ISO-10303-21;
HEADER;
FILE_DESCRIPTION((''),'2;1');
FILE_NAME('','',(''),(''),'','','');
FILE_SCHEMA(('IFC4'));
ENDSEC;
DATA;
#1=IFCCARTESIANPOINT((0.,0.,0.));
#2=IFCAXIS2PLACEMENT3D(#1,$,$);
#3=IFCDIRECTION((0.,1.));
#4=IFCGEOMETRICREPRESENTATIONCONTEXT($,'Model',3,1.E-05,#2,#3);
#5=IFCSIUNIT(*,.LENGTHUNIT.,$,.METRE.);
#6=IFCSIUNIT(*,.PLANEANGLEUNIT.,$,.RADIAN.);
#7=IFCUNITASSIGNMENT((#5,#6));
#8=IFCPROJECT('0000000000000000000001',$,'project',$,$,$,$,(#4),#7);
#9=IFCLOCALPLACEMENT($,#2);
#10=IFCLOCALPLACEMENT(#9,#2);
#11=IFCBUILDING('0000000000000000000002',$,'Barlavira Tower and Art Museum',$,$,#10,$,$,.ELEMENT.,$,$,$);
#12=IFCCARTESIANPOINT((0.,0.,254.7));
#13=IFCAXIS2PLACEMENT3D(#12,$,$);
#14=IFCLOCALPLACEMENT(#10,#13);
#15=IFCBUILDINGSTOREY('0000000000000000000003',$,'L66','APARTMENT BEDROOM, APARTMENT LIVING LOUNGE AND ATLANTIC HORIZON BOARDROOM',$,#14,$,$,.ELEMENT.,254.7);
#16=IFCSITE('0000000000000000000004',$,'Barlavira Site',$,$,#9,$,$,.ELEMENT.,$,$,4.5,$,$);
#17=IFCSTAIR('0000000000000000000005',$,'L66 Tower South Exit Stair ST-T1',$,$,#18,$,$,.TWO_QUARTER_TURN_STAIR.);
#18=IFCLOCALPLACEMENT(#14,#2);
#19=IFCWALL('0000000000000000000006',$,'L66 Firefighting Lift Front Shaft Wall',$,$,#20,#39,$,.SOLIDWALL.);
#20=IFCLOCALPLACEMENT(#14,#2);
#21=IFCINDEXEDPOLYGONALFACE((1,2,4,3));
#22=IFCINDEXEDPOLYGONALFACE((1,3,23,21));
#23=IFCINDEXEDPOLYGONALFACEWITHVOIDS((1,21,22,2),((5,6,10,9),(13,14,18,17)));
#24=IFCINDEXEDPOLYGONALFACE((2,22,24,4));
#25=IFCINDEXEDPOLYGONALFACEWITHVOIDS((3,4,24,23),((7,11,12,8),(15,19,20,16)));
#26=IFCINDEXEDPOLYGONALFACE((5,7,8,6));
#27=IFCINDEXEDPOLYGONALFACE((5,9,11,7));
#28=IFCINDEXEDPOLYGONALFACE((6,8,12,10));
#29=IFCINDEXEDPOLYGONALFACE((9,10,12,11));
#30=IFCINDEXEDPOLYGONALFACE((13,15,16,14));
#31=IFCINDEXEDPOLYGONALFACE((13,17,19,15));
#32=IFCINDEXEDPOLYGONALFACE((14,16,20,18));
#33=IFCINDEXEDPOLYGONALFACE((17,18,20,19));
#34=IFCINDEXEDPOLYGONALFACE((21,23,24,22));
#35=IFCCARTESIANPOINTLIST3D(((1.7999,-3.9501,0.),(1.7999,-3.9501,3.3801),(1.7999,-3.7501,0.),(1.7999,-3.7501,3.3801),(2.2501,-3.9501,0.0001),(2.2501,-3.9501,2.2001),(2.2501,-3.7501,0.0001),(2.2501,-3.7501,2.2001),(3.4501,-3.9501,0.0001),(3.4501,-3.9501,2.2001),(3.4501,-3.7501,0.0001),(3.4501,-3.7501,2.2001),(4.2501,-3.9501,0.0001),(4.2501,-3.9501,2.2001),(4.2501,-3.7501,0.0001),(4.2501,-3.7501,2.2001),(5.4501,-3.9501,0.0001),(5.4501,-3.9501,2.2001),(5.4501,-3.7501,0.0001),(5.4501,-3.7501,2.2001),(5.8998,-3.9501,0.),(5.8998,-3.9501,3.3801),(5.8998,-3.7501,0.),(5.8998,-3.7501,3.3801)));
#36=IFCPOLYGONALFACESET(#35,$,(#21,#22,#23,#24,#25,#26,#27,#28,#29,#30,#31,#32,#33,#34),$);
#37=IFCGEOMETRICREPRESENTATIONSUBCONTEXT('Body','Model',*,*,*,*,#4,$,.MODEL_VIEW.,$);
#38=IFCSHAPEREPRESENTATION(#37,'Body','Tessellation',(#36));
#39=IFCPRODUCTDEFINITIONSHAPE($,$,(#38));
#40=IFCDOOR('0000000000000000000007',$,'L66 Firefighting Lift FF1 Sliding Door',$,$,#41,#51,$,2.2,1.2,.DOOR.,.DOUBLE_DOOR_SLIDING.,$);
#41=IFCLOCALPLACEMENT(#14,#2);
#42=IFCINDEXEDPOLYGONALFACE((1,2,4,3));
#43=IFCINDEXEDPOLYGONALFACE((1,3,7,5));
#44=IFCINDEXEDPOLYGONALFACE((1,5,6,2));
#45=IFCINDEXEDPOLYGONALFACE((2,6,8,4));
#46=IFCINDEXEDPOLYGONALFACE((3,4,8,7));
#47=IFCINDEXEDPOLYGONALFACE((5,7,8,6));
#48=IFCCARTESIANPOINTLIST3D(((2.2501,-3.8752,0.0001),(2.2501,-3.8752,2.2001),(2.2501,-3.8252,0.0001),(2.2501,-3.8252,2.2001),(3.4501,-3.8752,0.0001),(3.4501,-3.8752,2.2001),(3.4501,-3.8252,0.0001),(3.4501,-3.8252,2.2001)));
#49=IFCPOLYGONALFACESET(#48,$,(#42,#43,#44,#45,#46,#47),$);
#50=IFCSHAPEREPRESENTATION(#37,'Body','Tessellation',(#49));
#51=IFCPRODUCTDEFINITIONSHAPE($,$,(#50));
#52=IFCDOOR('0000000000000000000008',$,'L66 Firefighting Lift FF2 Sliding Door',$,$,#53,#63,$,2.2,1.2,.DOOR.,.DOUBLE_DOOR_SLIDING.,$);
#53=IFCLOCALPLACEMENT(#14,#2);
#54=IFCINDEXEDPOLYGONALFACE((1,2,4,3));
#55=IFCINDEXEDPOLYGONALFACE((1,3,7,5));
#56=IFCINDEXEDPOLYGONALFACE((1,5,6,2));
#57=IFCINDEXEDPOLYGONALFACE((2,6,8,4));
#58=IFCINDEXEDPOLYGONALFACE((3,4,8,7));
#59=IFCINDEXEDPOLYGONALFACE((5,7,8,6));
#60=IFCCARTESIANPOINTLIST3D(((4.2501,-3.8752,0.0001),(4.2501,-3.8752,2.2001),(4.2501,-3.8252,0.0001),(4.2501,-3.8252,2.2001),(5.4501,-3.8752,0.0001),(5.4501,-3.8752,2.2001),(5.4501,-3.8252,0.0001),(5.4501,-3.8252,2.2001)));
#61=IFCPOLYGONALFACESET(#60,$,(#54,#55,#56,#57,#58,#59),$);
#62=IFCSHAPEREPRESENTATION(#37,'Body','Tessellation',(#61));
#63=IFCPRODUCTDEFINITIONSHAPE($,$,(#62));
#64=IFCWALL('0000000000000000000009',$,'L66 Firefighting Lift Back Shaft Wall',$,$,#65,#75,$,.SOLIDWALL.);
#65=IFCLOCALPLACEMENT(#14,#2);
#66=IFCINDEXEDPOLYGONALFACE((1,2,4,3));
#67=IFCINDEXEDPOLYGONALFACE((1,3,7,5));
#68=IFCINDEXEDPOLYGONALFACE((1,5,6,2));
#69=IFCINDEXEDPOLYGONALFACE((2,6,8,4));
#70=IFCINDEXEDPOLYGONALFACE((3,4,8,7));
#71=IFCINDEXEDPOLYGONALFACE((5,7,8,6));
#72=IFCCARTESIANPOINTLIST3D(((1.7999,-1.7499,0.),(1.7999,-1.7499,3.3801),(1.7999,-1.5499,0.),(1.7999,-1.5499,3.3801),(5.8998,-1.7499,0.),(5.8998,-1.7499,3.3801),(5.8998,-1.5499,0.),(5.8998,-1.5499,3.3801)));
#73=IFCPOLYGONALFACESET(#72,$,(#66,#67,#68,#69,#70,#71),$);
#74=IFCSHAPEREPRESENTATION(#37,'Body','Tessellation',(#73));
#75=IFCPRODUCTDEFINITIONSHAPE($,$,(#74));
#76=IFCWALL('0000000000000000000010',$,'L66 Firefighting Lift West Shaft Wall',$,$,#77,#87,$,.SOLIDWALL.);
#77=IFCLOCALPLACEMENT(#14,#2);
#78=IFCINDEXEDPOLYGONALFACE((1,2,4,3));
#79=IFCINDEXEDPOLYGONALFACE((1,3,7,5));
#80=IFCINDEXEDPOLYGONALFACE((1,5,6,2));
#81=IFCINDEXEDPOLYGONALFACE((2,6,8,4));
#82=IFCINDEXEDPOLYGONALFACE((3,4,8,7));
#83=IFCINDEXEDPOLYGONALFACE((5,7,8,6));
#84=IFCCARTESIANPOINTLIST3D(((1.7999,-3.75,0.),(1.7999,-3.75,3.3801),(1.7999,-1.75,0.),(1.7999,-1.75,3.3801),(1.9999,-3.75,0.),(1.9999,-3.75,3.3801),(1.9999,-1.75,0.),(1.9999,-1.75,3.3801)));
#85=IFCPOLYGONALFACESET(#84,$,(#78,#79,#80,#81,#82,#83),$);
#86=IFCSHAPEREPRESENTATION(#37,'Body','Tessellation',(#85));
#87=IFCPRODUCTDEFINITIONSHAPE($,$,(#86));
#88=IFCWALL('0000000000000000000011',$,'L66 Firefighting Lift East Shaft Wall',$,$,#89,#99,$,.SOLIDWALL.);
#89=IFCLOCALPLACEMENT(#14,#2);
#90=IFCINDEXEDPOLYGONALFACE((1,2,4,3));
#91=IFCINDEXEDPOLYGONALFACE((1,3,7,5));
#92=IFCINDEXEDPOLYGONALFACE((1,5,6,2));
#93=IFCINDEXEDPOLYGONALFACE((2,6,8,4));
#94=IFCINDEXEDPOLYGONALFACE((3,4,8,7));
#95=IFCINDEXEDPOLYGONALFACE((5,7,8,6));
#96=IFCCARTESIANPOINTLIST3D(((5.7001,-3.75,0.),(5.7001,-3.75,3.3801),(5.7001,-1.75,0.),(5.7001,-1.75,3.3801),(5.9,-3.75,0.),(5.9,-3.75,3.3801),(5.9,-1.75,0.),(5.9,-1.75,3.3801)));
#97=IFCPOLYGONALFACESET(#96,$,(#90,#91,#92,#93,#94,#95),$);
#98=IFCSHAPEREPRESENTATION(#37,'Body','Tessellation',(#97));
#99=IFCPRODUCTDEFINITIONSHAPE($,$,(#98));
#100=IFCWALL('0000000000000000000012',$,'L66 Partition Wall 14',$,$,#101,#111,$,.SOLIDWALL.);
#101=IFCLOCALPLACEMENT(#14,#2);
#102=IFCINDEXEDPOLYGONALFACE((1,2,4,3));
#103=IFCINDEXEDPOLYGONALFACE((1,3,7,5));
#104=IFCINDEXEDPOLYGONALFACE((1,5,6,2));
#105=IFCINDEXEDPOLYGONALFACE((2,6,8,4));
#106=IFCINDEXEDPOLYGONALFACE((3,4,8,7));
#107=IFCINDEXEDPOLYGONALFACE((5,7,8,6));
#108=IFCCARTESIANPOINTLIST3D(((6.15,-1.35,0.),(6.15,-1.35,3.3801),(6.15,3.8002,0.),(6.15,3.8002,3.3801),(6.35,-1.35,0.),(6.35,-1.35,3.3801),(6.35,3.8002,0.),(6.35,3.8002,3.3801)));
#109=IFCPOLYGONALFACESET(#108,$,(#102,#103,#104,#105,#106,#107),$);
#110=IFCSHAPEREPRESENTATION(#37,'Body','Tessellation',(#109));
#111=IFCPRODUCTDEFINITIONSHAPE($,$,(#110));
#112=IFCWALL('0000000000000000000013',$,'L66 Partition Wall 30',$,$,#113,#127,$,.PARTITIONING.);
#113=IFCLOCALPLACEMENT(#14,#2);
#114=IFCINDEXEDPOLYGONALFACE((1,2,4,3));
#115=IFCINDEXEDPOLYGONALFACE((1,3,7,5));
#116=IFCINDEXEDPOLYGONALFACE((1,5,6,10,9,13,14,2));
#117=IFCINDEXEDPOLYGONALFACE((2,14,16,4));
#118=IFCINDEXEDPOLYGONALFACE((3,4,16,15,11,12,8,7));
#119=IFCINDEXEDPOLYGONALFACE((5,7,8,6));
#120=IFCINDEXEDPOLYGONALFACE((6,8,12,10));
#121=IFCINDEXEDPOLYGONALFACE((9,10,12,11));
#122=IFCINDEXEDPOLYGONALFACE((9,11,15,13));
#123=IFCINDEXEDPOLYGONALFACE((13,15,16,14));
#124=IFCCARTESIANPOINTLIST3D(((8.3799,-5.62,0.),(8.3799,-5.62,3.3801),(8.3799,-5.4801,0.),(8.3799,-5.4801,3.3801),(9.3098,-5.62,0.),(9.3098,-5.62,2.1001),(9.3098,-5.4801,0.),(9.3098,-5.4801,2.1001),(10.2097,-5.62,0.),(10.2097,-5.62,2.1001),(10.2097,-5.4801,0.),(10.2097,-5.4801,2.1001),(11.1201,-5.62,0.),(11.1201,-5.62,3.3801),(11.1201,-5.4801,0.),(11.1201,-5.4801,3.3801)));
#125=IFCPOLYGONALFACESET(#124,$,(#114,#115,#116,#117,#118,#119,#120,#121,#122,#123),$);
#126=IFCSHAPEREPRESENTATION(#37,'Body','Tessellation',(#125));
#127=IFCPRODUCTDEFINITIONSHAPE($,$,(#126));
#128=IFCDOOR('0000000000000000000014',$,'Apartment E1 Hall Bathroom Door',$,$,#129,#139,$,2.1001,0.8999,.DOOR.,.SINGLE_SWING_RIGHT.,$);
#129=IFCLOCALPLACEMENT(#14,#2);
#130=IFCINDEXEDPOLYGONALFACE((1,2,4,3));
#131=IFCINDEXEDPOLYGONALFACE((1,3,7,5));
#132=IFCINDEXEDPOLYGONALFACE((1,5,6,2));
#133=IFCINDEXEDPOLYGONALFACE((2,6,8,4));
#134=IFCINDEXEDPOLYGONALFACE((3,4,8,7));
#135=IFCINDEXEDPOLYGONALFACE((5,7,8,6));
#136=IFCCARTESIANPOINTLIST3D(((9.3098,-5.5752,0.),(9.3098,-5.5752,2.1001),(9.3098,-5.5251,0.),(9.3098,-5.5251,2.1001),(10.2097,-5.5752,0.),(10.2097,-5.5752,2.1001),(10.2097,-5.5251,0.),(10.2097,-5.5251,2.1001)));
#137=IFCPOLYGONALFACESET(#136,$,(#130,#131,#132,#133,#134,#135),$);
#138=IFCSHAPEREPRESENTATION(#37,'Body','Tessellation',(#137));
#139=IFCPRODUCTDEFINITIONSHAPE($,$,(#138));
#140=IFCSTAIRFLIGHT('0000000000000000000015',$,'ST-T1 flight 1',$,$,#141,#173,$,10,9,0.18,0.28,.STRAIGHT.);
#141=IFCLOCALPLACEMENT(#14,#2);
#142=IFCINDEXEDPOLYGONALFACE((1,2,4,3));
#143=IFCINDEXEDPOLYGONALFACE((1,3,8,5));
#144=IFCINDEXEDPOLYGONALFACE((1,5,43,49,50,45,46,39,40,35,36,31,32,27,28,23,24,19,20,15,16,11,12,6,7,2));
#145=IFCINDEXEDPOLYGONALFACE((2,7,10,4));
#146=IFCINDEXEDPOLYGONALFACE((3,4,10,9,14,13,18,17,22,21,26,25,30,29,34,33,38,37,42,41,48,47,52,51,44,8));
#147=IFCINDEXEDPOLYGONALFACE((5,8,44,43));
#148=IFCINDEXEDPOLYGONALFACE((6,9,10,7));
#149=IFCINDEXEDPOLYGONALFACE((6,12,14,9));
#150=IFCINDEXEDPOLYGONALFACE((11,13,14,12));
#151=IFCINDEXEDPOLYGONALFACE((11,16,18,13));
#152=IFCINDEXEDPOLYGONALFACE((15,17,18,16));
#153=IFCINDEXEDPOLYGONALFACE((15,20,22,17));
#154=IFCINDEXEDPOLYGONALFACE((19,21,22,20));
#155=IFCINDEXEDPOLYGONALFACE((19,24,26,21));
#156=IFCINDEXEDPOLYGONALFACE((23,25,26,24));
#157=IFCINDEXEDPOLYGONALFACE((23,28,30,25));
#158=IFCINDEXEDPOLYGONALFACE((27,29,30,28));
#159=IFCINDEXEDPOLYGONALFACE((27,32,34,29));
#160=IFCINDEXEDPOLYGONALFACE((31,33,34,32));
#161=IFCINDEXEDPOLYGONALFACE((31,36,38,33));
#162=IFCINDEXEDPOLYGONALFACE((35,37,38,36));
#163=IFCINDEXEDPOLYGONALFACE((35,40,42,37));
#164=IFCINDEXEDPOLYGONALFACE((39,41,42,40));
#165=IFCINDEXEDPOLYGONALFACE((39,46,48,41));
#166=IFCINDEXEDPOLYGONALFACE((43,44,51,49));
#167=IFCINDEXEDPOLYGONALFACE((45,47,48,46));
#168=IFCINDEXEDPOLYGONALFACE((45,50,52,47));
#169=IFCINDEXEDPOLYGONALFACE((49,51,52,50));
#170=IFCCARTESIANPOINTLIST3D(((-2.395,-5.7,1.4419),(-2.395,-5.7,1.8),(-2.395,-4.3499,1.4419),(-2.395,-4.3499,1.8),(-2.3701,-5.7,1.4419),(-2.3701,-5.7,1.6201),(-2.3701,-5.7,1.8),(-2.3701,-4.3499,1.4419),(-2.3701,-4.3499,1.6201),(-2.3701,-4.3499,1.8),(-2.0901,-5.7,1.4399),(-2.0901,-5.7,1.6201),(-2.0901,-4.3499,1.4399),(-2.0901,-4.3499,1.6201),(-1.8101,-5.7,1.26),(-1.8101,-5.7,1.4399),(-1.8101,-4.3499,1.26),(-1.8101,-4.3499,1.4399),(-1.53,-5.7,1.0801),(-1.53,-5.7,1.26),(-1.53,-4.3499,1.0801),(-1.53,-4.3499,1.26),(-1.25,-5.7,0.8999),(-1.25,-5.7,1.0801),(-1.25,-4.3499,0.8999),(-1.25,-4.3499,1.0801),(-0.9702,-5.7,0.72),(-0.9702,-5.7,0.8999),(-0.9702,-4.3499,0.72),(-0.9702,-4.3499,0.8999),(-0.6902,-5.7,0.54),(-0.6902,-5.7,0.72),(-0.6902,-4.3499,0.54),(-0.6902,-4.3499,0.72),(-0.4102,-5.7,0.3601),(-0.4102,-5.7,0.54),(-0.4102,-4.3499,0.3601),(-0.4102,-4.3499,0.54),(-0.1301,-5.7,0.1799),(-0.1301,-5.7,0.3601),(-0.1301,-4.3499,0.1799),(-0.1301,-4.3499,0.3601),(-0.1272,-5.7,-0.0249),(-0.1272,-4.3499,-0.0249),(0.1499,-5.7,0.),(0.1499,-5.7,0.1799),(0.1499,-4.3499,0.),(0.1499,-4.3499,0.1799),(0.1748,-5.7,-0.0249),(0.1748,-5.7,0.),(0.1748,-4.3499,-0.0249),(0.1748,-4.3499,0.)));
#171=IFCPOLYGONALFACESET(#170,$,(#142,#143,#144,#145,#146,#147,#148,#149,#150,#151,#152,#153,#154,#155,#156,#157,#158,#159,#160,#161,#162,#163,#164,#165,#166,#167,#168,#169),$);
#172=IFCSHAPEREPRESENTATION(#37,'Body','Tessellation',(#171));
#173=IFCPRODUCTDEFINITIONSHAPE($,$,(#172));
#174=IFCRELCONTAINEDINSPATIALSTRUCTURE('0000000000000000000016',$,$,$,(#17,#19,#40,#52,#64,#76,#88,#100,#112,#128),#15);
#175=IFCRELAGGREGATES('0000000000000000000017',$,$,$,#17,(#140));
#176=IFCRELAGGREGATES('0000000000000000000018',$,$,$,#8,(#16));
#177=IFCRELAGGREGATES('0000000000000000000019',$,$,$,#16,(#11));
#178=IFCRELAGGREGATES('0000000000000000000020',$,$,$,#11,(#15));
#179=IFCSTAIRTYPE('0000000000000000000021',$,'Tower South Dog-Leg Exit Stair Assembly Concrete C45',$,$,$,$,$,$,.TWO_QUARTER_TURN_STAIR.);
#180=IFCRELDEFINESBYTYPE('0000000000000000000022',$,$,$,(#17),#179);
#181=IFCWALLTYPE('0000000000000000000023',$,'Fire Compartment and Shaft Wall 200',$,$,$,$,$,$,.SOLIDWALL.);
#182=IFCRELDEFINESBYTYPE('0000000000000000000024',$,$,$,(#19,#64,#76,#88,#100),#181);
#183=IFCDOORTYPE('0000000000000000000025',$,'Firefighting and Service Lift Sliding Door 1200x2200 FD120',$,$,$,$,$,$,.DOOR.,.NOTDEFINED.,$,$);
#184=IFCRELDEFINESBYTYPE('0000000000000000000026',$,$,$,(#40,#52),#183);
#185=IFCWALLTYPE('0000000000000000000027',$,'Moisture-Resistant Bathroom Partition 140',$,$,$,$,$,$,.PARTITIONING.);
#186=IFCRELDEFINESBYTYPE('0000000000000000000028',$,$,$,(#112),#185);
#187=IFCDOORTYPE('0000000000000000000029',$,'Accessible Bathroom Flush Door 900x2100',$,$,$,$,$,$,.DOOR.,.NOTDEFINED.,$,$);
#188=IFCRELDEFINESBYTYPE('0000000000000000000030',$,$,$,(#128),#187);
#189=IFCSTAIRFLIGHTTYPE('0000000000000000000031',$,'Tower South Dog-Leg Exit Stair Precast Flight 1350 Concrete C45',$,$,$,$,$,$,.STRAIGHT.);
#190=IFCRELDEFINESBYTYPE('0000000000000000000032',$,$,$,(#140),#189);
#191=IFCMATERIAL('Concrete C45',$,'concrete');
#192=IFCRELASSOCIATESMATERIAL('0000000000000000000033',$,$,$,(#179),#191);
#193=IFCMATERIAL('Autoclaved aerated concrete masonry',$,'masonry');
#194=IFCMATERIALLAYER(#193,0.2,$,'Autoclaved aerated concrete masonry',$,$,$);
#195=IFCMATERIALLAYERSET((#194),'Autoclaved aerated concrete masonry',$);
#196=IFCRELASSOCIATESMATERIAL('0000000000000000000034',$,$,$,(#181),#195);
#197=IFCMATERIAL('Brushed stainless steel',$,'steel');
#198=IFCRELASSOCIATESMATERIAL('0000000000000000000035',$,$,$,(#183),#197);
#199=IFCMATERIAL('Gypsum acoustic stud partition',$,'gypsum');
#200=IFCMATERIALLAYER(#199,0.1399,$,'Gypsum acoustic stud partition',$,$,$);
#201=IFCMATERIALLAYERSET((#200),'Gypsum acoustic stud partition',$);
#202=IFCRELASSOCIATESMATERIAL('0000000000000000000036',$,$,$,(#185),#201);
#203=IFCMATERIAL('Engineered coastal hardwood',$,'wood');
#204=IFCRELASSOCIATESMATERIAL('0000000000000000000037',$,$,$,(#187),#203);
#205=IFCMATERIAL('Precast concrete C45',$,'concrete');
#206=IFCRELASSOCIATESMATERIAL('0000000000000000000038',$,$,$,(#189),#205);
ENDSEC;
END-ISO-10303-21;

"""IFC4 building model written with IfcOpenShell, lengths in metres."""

from ifc_helpers import new_model, si_unit, direction, frame, frame_2d, origin, place, context, subcontext, project, spatial, polyline, rectangle, outline, extrude, material, layer, layer_set, type_object, element, fill, aggregate, save


model = new_model("IFC4")

# Units and contexts
model_context = context("Model", 3, precision=1e-05, world=origin(), true_north=direction((0.0, 1.0)))
body_context = subcontext(model_context, "Body", "Model", "MODEL_VIEW")
ifc_project = project(units=[si_unit("LENGTHUNIT", "METRE"), si_unit("PLANEANGLEUNIT", "RADIAN")], contexts=[model_context])

# Site, building, storey
site_placement = place(None, origin())
site = spatial("IfcSite", under=ifc_project, at=site_placement, Name="Barlavira Site", CompositionType="ELEMENT", RefElevation=4.5)
building_placement = place(site_placement, origin())
building = spatial("IfcBuilding", under=site, at=building_placement, Name="Barlavira Tower and Art Museum", CompositionType="ELEMENT")
storey_placement = place(building_placement, frame((0.0, 0.0, 254.7)))
storey = spatial("IfcBuildingStorey", under=building, at=storey_placement, Name="L66", Description="APARTMENT BEDROOM, APARTMENT LIVING LOUNGE AND ATLANTIC HORIZON BOARDROOM", CompositionType="ELEMENT", Elevation=254.7)

# Stair
ifc_material_1 = material(Name="Concrete C45", Category="concrete")
stair_type_1 = type_object("IfcStairType", Name="Tower South Dog-Leg Exit Stair Assembly Concrete C45", PredefinedType="TWO_QUARTER_TURN_STAIR", material=ifc_material_1)
stair_1_placement = place(storey_placement, origin())
stair_1 = element("IfcStair", 1, at=stair_1_placement, inside=storey, type_object=stair_type_1, Name="L66 Tower South Exit Stair ST-T1", PredefinedType="TWO_QUARTER_TURN_STAIR")

# Shared definitions
ifc_material_2 = material(Name="Gypsum acoustic stud partition", Category="gypsum")
ifc_material_3 = material(Name="Engineered coastal hardwood", Category="wood")
ifc_material_4 = material(Name="Brushed stainless steel", Category="steel")

# Wall, openings, doors
ifc_material_5 = material(Name="Autoclaved aerated concrete masonry", Category="masonry")
ifc_layer_1 = layer(ifc_material_5, 0.2, Name="Autoclaved aerated concrete masonry")
ifc_layer_set_1 = layer_set([ifc_layer_1], Name="Autoclaved aerated concrete masonry")
wall_type_1 = type_object("IfcWallType", Name="Fire Compartment and Shaft Wall 200", PredefinedType="SOLIDWALL", material=ifc_layer_set_1)
wall_1_placement = place(storey_placement, frame((1.8, -3.8501, 0.0), z_axis=(0.0, 0.0, 1.0), x_axis=(1.0, 0.0, 0.0)))
wall_1 = element("IfcWall", 2, at=wall_1_placement, inside=storey, type_object=wall_type_1, Name="L66 Firefighting Lift Front Shaft Wall", PredefinedType="SOLIDWALL", context=body_context, shape_type="SweptSolid", body=[
    extrude(rectangle(XDim=4.0999, YDim=0.2, at=frame_2d((2.0498, 0.0))), origin(), (0.0, 0.0, 1.0), 3.3801),
])
opening_1_placement = place(wall_1_placement, frame((0.45, 0.0, 0.0)))
opening_1 = element("IfcOpeningElement", 3, at=opening_1_placement, cuts=wall_1, PredefinedType="OPENING", context=body_context, shape_type="SweptSolid", body=[
    extrude(rectangle(XDim=1.2, YDim=2.2, at=frame_2d((0.6001, 1.1001))), frame((0.0, 0.1099, 0.0), z_axis=(0.0, -1.0, 0.0), x_axis=(1.0, 0.0, 0.0)), (0.0, 0.0, 1.0), 0.22),
])
opening_2_placement = place(wall_1_placement, frame((2.45, 0.0, 0.0)))
opening_2 = element("IfcOpeningElement", 4, at=opening_2_placement, cuts=wall_1, PredefinedType="OPENING", context=body_context, shape_type="SweptSolid", body=[
    extrude(rectangle(XDim=1.2, YDim=2.2, at=frame_2d((0.6001, 1.1001))), frame((0.0, 0.1099, 0.0), z_axis=(0.0, -1.0, 0.0), x_axis=(1.0, 0.0, 0.0)), (0.0, 0.0, 1.0), 0.22),
])
door_type_1 = type_object("IfcDoorType", Name="Firefighting and Service Lift Sliding Door 1200x2200 FD120", OperationType="NOTDEFINED", PredefinedType="DOOR", material=ifc_material_4)
door_1_placement = place(opening_1_placement, origin())
door_1 = element("IfcDoor", 5, at=door_1_placement, inside=storey, type_object=door_type_1, Name="L66 Firefighting Lift FF1 Sliding Door", OperationType="DOUBLE_DOOR_SLIDING", OverallHeight=2.2, OverallWidth=1.2, PredefinedType="DOOR", context=body_context, shape_type="SweptSolid", body=[
    extrude(rectangle(XDim=1.2, YDim=2.2, at=frame_2d((0.6001, 1.1001))), frame((0.0, 0.0249, 0.0), z_axis=(0.0, -1.0, 0.0), x_axis=(1.0, 0.0, 0.0)), (0.0, 0.0, 1.0), 0.05),
])
fill(opening_1, door_1)
door_2_placement = place(opening_2_placement, origin())
door_2 = element("IfcDoor", 6, at=door_2_placement, inside=storey, type_object=door_type_1, Name="L66 Firefighting Lift FF2 Sliding Door", OperationType="DOUBLE_DOOR_SLIDING", OverallHeight=2.2, OverallWidth=1.2, PredefinedType="DOOR", context=body_context, shape_type="SweptSolid", body=[
    extrude(rectangle(XDim=1.2, YDim=2.2, at=frame_2d((0.6001, 1.1001))), frame((0.0, 0.0249, 0.0), z_axis=(0.0, -1.0, 0.0), x_axis=(1.0, 0.0, 0.0)), (0.0, 0.0, 1.0), 0.05),
])
fill(opening_2, door_2)

# Walls
wall_2_placement = place(storey_placement, frame((1.8, -1.6499, 0.0), z_axis=(0.0, 0.0, 1.0), x_axis=(1.0, 0.0, 0.0)))
element("IfcWall", 7, at=wall_2_placement, inside=storey, type_object=wall_type_1, Name="L66 Firefighting Lift Back Shaft Wall", PredefinedType="SOLIDWALL", context=body_context, shape_type="SweptSolid", body=[
    extrude(rectangle(XDim=4.0999, YDim=0.2, at=frame_2d((2.0498, 0.0))), origin(), (0.0, 0.0, 1.0), 3.3801),
])
for number, where, z_axis, x_axis, name in (
    (8, (1.8999, -3.75, 0.0), (0.0, 0.0, 1.0), (0.0, 1.0, 0.0), "L66 Firefighting Lift West Shaft Wall"),
    (9, (5.8, -3.75, 0.0), (0.0, 0.0, 1.0), (0.0, 1.0, 0.0), "L66 Firefighting Lift East Shaft Wall"),
):
    element("IfcWall", number, at=place(storey_placement, frame(where, z_axis=z_axis, x_axis=x_axis)), inside=storey, type_object=wall_type_1, Name=name, PredefinedType="SOLIDWALL", context=body_context, shape_type="SweptSolid", body=[
        extrude(rectangle(XDim=2.0, YDim=0.2, at=frame_2d((1.0, 0.0))), origin(), (0.0, 0.0, 1.0), 3.3801),
    ])

# Wall
wall_3_placement = place(storey_placement, frame((6.25, -1.3501, 0.0), z_axis=(0.0, 0.0, 1.0), x_axis=(0.0, 1.0, 0.0)))
element("IfcWall", 10, at=wall_3_placement, inside=storey, type_object=wall_type_1, Name="L66 Partition Wall 14", PredefinedType="SOLIDWALL", context=body_context, shape_type="SweptSolid", body=[
    extrude(rectangle(XDim=5.1501, YDim=0.2, at=frame_2d((2.5752, 0.0))), origin(), (0.0, 0.0, 1.0), 3.3801),
])

# Wall, opening, door
ifc_layer_2 = layer(ifc_material_2, 0.1399, Name="Gypsum acoustic stud partition")
ifc_layer_set_2 = layer_set([ifc_layer_2], Name="Gypsum acoustic stud partition")
wall_type_2 = type_object("IfcWallType", Name="Moisture-Resistant Bathroom Partition 140", PredefinedType="PARTITIONING", material=ifc_layer_set_2)
wall_4_placement = place(storey_placement, frame((8.3799, -5.55, 0.0), z_axis=(0.0, 0.0, 1.0), x_axis=(1.0, 0.0, 0.0)))
wall_4 = element("IfcWall", 11, at=wall_4_placement, inside=storey, type_object=wall_type_2, Name="L66 Partition Wall 30", PredefinedType="PARTITIONING", context=body_context, shape_type="SweptSolid", body=[
    extrude(rectangle(XDim=2.7402, YDim=0.1399, at=frame_2d((1.3701, 0.0))), origin(), (0.0, 0.0, 1.0), 3.3801),
])
opening_3_placement = place(wall_4_placement, frame((0.9299, 0.0, 0.0)))
opening_3 = element("IfcOpeningElement", 12, at=opening_3_placement, cuts=wall_4, PredefinedType="OPENING", context=body_context, shape_type="SweptSolid", body=[
    extrude(rectangle(XDim=0.8999, YDim=2.1001, at=frame_2d((0.45, 1.05))), frame((0.0, 0.0801, 0.0), z_axis=(0.0, -1.0, 0.0), x_axis=(1.0, 0.0, 0.0)), (0.0, 0.0, 1.0), 0.1599),
])
door_type_2 = type_object("IfcDoorType", Name="Accessible Bathroom Flush Door 900x2100", OperationType="NOTDEFINED", PredefinedType="DOOR", material=ifc_material_3)
door_3_placement = place(opening_3_placement, origin())
door_3 = element("IfcDoor", 13, at=door_3_placement, inside=storey, type_object=door_type_2, Name="Apartment E1 Hall Bathroom Door", OperationType="SINGLE_SWING_RIGHT", OverallHeight=2.1001, OverallWidth=0.8999, PredefinedType="DOOR", context=body_context, shape_type="SweptSolid", body=[
    extrude(rectangle(XDim=0.8999, YDim=2.1001, at=frame_2d((0.45, 1.05))), frame((0.0, 0.0249, 0.0), z_axis=(0.0, -1.0, 0.0), x_axis=(1.0, 0.0, 0.0)), (0.0, 0.0, 1.0), 0.05),
])
fill(opening_3, door_3)

# Stair flight
ifc_material_6 = material(Name="Precast concrete C45", Category="concrete")
stair_flight_type = type_object("IfcStairFlightType", Name="Tower South Dog-Leg Exit Stair Precast Flight 1350 Concrete C45", PredefinedType="STRAIGHT", material=ifc_material_6)
stair_flight_placement = place(storey_placement, frame((0.1499, -5.0249, 0.0), z_axis=(0.0, 0.0, 1.0), x_axis=(-1.0, 0.0, 0.0)))
stair_flight = element("IfcStairFlight", 14, at=stair_flight_placement, type_object=stair_flight_type, Name="ST-T1 flight 1", NumberOfRisers=10, NumberOfTreads=9, PredefinedType="STRAIGHT", RiserHeight=0.18, TreadLength=0.28, context=body_context, shape_type="SweptSolid", body=[
    extrude(outline(polyline([(-0.0249, 0.0), (0.0, 0.0), (0.0, 0.1799), (0.28, 0.1799), (0.28, 0.3601), (0.5601, 0.3601), (0.5601, 0.54), (0.8401, 0.54), (0.8401, 0.72), (1.1201, 0.72), (1.1201, 0.8999), (1.3999, 0.8999), (1.3999, 1.0801), (1.6799, 1.0801), (1.6799, 1.26), (1.96, 1.26), (1.96, 1.4399), (2.24, 1.4399), (2.24, 1.6201), (2.52, 1.6201), (2.52, 1.8), (2.5449, 1.8), (2.5449, 1.4419), (2.52, 1.4419), (0.2771, -0.0249), (-0.0249, -0.0249), (-0.0249, 0.0)])), frame((0.0, 0.675, 0.0), z_axis=(0.0, -1.0, 0.0), x_axis=(1.0, 0.0, 0.0)), (0.0, 0.0, 1.0), 1.3501),
])
aggregate(stair_1, [stair_flight])

save(model, "model.ifc")
